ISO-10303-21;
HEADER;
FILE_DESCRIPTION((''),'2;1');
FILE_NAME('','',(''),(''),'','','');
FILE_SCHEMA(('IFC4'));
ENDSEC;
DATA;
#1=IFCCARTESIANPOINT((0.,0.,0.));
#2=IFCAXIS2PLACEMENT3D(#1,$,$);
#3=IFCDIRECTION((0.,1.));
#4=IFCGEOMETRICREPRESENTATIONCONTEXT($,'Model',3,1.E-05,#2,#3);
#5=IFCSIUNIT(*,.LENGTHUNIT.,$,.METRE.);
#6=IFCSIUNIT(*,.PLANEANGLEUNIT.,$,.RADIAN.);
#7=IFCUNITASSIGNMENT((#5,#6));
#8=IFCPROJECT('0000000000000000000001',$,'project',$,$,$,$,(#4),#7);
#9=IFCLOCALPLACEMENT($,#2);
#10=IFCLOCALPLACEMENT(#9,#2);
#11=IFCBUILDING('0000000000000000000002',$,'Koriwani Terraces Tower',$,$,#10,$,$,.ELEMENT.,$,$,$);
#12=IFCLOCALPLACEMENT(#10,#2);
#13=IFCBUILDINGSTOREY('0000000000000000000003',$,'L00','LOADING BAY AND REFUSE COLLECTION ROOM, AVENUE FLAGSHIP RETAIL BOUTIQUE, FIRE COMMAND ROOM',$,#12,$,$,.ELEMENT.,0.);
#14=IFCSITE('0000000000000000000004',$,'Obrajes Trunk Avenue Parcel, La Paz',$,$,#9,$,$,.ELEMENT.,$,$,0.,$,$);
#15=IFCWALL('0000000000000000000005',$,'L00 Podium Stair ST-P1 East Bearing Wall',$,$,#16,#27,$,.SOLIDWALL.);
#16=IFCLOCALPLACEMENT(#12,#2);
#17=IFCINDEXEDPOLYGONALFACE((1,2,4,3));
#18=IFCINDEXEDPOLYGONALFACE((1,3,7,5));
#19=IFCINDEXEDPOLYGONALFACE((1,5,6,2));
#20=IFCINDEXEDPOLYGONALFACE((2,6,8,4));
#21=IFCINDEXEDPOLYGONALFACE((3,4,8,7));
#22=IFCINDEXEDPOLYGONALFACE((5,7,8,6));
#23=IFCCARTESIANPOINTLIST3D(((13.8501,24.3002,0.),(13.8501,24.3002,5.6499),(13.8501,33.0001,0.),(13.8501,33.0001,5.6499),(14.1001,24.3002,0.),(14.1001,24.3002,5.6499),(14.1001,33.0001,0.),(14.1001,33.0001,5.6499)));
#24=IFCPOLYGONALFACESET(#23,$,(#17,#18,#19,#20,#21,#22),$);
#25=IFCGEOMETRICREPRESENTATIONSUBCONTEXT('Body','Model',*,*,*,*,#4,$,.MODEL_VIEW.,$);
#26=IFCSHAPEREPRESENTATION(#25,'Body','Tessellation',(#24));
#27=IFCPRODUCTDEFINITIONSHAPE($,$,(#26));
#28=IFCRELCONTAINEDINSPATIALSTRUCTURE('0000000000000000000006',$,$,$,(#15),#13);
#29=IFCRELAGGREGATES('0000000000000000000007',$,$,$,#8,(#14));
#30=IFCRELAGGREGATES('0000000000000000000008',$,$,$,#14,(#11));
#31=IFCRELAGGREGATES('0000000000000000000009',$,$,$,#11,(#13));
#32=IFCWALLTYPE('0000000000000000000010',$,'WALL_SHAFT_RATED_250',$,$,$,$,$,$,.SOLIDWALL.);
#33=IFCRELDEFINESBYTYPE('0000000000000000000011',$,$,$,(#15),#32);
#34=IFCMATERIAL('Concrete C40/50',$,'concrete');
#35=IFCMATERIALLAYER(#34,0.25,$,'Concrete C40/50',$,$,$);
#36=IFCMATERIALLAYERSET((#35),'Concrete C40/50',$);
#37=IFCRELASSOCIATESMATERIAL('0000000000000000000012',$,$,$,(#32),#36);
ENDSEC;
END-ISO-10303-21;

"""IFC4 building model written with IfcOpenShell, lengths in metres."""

from ifc_helpers import new_model, si_unit, direction, frame, frame_2d, origin, place, context, subcontext, project, spatial, rectangle, extrude, material, layer, layer_set, type_object, element, save


model = new_model("IFC4")

# Units and contexts
model_context = context("Model", 3, precision=1e-05, world=origin(), true_north=direction((0.0, 1.0)))
body_context = subcontext(model_context, "Body", "Model", "MODEL_VIEW")
ifc_project = project(units=[si_unit("LENGTHUNIT", "METRE"), si_unit("PLANEANGLEUNIT", "RADIAN")], contexts=[model_context])

# Site, building, storey
site_placement = place(None, origin())
site = spatial("IfcSite", under=ifc_project, at=site_placement, Name="Obrajes Trunk Avenue Parcel, La Paz", CompositionType="ELEMENT", RefElevation=0.0)
building_placement = place(site_placement, origin())
building = spatial("IfcBuilding", under=site, at=building_placement, Name="Koriwani Terraces Tower", CompositionType="ELEMENT")
storey_placement = place(building_placement, origin())
storey = spatial("IfcBuildingStorey", under=building, at=storey_placement, Name="L00", Description="LOADING BAY AND REFUSE COLLECTION ROOM, AVENUE FLAGSHIP RETAIL BOUTIQUE, FIRE COMMAND ROOM", CompositionType="ELEMENT", Elevation=0.0)

# Wall
ifc_material_1 = material(Name="Concrete C40/50", Category="concrete")
ifc_layer_1 = layer(ifc_material_1, 0.25, Name="Concrete C40/50")
ifc_layer_set_1 = layer_set([ifc_layer_1], Name="Concrete C40/50")
wall_type_1 = type_object("IfcWallType", Name="WALL_SHAFT_RATED_250", PredefinedType="SOLIDWALL", material=ifc_layer_set_1)
wall_1_placement = place(storey_placement, frame((13.9751, 24.3, 0.0), z_axis=(0.0, 0.0, 1.0), x_axis=(0.0, 1.0, 0.0)))
element("IfcWall", 1, at=wall_1_placement, inside=storey, type_object=wall_type_1, Name="L00 Podium Stair ST-P1 East Bearing Wall", PredefinedType="SOLIDWALL", context=body_context, shape_type="SweptSolid", body=[
    extrude(rectangle(XDim=8.7, YDim=0.25, at=frame_2d((4.3501, 0.0))), origin(), (0.0, 0.0, 1.0), 5.6499),
])

save(model, "model.ifc")
